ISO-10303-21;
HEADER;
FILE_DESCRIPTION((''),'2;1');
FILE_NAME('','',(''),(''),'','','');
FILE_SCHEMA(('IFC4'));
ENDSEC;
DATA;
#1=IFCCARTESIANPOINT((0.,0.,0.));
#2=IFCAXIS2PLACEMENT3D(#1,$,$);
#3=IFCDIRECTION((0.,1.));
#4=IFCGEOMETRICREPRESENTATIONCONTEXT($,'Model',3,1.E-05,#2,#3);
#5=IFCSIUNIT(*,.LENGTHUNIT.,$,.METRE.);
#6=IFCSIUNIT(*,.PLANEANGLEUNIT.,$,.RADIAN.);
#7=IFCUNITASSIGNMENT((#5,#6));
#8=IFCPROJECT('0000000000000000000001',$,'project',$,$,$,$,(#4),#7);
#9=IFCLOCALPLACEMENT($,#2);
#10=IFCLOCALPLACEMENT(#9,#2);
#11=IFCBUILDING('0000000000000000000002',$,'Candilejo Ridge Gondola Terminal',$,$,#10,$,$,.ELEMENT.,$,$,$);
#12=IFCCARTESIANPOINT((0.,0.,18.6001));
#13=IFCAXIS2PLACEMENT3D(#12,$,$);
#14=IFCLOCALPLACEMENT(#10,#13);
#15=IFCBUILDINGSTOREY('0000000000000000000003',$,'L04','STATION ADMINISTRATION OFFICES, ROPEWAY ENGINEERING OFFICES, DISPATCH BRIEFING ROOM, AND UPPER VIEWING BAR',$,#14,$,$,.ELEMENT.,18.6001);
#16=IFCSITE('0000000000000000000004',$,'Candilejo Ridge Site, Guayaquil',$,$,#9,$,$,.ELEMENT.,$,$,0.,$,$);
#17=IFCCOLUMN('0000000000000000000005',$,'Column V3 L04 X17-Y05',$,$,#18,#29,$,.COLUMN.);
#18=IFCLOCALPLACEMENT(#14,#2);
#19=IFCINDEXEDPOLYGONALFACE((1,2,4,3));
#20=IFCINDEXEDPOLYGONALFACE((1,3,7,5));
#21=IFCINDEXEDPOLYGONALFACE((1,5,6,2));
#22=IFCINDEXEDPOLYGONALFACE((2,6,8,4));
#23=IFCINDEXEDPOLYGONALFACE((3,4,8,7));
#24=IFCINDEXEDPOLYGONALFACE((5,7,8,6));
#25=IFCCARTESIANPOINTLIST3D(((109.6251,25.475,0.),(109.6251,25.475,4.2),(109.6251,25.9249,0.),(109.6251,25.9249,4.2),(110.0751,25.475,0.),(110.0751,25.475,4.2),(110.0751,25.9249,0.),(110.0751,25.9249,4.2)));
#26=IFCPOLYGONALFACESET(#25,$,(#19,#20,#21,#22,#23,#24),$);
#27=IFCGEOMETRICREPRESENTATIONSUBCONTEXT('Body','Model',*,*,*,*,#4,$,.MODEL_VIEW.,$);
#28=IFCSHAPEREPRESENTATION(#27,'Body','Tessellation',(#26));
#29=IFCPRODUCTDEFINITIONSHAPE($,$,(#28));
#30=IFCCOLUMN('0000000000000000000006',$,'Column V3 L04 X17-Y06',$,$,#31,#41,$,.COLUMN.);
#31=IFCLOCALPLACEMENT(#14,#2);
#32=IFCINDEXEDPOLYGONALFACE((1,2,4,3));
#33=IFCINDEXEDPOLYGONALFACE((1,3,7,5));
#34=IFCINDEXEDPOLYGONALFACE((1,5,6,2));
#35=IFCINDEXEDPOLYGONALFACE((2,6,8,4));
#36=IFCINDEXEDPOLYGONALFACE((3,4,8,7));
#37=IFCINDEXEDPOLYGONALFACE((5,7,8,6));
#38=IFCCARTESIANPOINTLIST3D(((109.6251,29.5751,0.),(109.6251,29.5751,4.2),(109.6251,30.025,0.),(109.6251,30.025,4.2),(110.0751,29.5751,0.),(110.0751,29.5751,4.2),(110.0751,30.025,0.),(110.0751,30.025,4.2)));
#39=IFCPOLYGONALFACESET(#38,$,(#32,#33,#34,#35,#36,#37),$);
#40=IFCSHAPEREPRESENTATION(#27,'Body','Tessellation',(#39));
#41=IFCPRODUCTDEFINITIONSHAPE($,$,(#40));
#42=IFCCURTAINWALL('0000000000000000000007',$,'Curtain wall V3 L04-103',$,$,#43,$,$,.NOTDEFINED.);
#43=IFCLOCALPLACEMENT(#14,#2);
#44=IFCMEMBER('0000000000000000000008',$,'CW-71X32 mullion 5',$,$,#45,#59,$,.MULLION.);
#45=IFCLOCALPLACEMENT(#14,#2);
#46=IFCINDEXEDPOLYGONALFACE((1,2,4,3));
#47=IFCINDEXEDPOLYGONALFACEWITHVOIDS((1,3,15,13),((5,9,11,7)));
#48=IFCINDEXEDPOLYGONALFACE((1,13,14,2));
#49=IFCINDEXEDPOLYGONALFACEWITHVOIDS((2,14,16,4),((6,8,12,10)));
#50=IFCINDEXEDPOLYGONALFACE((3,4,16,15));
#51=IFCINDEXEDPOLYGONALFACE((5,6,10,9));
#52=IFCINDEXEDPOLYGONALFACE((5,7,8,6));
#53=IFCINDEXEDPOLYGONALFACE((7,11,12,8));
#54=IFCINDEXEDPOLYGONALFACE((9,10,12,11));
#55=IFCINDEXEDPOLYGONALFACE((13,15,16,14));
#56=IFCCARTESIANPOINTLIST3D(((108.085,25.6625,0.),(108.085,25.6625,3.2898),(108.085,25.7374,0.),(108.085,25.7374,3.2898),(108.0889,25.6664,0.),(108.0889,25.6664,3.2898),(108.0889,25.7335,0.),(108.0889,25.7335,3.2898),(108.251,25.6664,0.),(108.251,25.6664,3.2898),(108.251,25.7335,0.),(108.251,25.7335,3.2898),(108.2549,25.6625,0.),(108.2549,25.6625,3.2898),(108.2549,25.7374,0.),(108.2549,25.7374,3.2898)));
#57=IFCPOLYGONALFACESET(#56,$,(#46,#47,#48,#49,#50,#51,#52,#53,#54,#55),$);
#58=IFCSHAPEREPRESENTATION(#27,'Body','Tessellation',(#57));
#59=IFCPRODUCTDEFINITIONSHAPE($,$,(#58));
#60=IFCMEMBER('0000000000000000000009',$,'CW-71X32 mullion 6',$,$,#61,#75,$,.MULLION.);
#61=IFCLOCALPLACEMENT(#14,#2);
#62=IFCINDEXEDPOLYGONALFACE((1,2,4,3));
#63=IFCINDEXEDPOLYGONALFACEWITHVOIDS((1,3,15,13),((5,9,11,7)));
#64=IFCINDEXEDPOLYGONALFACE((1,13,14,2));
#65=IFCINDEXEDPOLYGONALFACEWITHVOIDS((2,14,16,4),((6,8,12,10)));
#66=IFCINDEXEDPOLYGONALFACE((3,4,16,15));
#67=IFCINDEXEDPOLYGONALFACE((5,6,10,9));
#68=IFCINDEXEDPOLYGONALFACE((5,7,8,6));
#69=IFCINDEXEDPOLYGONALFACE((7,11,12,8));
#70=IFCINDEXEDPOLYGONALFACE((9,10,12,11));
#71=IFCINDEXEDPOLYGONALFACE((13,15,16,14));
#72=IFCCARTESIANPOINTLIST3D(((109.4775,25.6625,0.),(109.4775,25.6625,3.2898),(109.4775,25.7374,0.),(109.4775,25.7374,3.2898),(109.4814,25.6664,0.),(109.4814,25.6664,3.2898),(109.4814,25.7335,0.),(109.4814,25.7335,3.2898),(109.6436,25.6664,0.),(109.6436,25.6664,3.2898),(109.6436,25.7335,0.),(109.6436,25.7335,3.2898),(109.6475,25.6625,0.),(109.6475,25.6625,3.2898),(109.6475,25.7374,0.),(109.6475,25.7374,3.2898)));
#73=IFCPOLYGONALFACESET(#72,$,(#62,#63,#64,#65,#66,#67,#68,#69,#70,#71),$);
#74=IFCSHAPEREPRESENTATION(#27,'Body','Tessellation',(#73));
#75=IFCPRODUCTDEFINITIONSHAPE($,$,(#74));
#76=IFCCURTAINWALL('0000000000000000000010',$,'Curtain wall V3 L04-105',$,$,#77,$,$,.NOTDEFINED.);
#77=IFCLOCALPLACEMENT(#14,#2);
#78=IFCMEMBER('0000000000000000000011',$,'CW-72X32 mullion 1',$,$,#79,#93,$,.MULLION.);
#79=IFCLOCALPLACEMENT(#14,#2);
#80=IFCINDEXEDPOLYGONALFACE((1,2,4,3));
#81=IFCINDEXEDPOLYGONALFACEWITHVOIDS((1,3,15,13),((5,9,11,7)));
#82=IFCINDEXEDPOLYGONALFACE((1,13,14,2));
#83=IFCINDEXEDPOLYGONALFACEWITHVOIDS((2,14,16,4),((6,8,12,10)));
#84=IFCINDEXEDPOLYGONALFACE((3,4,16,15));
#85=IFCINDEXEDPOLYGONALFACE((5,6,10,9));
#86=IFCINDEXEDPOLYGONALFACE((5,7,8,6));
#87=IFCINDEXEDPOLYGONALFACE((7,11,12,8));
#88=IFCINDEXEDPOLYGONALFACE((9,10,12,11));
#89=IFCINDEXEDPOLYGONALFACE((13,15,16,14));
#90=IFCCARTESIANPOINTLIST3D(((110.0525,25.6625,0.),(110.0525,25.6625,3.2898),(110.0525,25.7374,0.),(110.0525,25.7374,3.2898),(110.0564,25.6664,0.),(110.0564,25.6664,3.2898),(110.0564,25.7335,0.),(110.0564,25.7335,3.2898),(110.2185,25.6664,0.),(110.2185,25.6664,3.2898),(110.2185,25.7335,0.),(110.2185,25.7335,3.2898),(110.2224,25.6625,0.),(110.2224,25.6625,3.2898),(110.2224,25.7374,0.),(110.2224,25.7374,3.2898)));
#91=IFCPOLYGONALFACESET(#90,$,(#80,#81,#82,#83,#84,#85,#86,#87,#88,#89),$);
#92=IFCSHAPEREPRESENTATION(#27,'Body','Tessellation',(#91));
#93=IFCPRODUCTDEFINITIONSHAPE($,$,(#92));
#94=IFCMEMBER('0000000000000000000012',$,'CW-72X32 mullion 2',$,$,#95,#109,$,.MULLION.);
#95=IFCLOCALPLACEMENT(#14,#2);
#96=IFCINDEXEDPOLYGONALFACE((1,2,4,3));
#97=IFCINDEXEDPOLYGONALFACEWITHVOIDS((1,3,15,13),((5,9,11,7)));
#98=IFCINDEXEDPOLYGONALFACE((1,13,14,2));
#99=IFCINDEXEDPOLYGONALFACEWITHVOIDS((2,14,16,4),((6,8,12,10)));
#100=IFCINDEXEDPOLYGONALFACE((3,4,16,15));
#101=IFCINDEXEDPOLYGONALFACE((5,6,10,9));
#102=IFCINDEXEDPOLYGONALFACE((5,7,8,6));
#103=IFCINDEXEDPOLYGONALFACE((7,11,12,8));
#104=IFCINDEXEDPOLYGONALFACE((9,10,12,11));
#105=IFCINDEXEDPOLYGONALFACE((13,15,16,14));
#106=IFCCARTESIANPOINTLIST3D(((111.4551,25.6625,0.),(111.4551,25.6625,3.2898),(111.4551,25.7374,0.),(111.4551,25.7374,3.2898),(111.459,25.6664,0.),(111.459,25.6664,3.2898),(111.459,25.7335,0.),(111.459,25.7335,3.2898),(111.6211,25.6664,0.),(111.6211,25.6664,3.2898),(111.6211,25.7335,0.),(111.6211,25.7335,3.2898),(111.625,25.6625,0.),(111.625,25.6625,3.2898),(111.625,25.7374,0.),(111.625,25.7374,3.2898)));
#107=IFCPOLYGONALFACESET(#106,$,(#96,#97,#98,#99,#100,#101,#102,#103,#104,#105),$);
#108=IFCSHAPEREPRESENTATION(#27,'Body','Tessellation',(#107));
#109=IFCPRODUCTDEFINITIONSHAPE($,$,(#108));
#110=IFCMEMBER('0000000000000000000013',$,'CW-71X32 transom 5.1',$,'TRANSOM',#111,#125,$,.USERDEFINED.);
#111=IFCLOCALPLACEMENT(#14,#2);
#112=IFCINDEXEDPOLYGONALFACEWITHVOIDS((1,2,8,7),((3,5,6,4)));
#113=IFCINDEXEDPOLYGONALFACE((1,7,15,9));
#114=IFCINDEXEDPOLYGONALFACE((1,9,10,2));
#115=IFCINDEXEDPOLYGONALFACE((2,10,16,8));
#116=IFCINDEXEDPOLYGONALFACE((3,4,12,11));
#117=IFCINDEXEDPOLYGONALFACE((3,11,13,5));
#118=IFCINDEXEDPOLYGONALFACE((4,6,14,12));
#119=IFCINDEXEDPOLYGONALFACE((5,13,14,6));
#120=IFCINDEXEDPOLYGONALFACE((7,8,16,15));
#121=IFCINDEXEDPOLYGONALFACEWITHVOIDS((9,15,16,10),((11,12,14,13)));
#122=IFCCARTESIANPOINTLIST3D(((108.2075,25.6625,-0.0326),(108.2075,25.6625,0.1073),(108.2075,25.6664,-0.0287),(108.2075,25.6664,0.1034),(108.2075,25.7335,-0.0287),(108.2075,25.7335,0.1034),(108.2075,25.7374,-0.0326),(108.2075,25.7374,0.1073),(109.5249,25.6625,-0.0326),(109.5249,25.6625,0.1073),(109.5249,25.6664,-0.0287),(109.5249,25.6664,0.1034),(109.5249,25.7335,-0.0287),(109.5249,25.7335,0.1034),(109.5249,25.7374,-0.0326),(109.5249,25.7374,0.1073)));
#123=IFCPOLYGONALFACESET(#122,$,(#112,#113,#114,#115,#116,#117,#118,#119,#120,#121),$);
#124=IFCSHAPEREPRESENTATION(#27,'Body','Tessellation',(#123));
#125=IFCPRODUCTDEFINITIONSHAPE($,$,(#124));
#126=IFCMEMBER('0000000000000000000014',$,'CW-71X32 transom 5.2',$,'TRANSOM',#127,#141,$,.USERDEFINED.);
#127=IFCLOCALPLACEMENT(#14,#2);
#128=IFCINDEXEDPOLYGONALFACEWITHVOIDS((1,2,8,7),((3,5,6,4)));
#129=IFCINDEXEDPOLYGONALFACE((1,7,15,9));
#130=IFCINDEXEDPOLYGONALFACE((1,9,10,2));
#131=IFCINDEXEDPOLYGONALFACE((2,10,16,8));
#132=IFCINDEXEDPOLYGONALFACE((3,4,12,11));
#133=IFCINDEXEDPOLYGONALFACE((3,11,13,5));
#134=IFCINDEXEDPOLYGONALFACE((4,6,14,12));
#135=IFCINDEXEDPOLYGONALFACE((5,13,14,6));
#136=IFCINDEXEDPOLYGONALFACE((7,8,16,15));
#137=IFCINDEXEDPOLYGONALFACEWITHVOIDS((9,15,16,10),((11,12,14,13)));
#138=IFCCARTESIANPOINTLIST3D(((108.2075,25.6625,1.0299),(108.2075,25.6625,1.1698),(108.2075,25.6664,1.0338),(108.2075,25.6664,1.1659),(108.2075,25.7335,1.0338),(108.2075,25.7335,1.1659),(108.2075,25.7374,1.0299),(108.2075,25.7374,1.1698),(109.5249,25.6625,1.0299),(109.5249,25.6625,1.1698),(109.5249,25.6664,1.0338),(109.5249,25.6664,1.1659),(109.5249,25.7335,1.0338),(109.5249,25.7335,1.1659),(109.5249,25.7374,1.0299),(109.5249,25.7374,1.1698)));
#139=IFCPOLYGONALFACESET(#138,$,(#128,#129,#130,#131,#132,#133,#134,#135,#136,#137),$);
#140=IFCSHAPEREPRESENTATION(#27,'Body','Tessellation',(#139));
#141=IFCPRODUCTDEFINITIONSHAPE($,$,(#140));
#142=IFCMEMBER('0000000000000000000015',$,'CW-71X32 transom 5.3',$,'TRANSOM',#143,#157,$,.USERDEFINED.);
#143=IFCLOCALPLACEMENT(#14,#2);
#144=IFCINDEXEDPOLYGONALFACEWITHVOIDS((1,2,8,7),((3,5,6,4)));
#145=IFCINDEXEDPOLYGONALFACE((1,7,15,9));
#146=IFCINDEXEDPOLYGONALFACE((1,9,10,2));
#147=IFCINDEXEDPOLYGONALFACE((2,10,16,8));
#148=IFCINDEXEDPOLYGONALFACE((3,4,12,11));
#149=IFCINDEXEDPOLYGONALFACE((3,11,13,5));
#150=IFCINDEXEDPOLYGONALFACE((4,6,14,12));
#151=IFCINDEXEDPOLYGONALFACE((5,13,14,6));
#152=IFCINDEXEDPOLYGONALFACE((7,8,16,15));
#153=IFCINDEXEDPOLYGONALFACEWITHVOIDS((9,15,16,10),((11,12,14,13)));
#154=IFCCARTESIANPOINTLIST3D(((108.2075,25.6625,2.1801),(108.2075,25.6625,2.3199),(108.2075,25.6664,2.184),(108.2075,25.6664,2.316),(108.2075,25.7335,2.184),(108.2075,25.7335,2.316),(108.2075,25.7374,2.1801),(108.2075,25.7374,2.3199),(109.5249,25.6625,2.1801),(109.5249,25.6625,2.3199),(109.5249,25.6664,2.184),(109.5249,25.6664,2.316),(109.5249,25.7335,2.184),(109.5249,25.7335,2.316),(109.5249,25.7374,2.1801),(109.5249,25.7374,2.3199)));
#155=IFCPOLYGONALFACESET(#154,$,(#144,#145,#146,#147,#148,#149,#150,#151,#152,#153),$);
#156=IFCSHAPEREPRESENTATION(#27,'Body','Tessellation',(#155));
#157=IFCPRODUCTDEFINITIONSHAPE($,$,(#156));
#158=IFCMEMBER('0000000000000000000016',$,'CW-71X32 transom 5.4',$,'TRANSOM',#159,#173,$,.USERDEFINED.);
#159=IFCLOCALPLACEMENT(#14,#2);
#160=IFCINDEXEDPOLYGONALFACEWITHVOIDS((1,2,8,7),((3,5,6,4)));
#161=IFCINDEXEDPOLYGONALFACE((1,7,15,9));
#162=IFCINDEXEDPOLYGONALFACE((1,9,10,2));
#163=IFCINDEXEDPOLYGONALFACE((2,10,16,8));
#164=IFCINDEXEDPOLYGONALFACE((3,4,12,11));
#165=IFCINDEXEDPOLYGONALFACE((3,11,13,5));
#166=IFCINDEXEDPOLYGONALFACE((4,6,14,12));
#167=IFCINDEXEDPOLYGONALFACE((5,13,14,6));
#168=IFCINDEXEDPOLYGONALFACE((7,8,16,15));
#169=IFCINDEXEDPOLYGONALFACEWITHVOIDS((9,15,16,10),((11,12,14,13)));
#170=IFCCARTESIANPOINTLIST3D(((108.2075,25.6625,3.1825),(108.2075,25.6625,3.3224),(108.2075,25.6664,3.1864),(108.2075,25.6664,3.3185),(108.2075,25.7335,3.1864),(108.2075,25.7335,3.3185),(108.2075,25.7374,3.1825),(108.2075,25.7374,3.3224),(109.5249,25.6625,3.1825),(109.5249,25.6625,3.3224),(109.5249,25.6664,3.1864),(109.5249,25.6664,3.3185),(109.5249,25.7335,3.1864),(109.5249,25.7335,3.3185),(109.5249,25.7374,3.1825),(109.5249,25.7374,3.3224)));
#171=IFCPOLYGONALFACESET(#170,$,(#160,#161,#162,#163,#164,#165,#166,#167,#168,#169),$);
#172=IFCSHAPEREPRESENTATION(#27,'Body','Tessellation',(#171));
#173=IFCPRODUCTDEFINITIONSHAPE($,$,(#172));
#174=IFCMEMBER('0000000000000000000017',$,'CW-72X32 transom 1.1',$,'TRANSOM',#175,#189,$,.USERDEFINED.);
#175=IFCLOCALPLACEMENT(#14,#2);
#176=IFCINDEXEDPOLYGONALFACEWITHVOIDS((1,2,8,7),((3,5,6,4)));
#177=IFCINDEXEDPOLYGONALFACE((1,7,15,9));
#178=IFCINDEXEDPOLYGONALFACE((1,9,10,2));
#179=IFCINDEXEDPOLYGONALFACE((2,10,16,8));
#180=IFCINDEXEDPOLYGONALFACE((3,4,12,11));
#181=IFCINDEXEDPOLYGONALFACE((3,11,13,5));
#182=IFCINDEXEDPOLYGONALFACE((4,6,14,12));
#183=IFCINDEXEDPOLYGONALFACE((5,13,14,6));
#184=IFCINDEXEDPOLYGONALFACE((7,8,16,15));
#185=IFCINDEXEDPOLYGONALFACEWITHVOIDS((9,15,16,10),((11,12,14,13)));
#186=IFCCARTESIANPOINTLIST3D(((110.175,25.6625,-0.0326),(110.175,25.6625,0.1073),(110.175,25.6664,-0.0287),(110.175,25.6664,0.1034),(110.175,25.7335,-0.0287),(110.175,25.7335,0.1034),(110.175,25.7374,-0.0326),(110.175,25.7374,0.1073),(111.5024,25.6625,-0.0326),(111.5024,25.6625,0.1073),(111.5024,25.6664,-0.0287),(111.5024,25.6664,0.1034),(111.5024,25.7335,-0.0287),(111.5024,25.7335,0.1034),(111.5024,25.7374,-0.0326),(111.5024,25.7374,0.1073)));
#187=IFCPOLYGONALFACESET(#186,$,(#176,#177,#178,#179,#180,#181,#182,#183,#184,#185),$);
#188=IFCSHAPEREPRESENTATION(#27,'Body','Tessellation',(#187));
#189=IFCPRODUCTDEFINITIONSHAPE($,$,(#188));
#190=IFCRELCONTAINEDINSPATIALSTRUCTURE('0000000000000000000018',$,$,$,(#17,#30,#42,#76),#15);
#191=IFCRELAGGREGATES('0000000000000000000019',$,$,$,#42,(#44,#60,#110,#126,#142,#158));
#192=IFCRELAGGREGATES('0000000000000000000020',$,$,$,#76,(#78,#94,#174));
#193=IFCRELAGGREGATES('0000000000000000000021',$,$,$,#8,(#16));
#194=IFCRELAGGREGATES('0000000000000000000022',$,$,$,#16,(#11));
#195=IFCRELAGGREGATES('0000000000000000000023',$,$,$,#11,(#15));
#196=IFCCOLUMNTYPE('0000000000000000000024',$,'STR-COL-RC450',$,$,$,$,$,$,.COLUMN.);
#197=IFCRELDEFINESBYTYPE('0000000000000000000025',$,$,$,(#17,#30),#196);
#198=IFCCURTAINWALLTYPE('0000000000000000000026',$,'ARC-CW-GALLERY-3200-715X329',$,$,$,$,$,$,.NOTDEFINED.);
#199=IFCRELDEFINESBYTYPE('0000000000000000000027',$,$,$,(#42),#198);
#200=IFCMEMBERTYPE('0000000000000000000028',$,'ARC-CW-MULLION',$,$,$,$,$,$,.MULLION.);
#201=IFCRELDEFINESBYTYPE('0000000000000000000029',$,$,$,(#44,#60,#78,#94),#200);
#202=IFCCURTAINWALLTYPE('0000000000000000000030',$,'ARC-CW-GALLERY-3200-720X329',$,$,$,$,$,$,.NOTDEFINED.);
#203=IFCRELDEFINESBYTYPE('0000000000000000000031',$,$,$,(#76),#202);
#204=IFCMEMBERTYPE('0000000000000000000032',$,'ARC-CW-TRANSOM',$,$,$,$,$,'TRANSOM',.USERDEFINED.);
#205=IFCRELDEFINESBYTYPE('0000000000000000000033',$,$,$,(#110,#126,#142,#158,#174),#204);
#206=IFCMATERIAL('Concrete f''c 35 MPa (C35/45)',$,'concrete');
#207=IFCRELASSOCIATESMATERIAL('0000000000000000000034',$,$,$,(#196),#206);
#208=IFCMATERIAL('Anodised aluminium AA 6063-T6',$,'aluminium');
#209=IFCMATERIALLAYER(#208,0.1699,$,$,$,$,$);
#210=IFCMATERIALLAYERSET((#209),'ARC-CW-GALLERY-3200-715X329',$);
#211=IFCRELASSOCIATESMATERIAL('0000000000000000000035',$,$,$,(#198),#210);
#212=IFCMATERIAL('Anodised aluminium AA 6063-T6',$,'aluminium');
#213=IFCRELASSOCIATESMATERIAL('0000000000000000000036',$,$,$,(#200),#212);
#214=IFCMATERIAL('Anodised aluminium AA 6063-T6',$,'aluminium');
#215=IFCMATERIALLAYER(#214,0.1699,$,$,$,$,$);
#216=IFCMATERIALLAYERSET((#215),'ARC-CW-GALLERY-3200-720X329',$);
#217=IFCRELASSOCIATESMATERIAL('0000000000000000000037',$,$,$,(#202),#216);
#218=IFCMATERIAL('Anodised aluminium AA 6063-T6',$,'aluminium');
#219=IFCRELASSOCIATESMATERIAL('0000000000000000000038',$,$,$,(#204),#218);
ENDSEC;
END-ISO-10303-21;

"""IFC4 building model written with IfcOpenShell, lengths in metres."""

from ifc_helpers import new_model, si_unit, direction, frame, origin, origin_2d, place, context, subcontext, project, spatial, rectangle, hollow_rectangle, extrude, material, layer, layer_set, material_profile, profile_set, type_object, element, aggregate, save


model = new_model("IFC4")

# Units and contexts
model_context = context("Model", 3, precision=1e-05, world=origin(), true_north=direction((0.0, 1.0)))
body_context = subcontext(model_context, "Body", "Model", "MODEL_VIEW")
ifc_project = project(units=[si_unit("LENGTHUNIT", "METRE"), si_unit("PLANEANGLEUNIT", "RADIAN")], contexts=[model_context])

# Site, building, storey
site_placement = place(None, origin())
site = spatial("IfcSite", under=ifc_project, at=site_placement, Name="Candilejo Ridge Site, Guayaquil", CompositionType="ELEMENT", RefElevation=0.0)
building_placement = place(site_placement, origin())
building = spatial("IfcBuilding", under=site, at=building_placement, Name="Candilejo Ridge Gondola Terminal", CompositionType="ELEMENT")
storey_placement = place(building_placement, frame((0.0, 0.0, 18.6001)))
storey = spatial("IfcBuildingStorey", under=building, at=storey_placement, Name="L04", Description="STATION ADMINISTRATION OFFICES, ROPEWAY ENGINEERING OFFICES, DISPATCH BRIEFING ROOM, AND UPPER VIEWING BAR", CompositionType="ELEMENT", Elevation=18.6001)

# Columns
ifc_material_1 = material(Name="Concrete f'c 35 MPa (C35/45)", Category="concrete")
ifc_material_profile_1 = material_profile(ifc_material_1, rectangle(XDim=0.45, YDim=0.45, at=origin_2d()))
ifc_profile_set_1 = profile_set([ifc_material_profile_1], Name="Concrete f'c 35 MPa (C35/45)")
column_type = type_object("IfcColumnType", Name="STR-COL-RC450", PredefinedType="COLUMN", material=ifc_profile_set_1)
for number, where, z_axis, x_axis, name in (
    (1, (109.8501, 25.7, 0.0), (0.0, 0.0, 1.0), (1.0, 0.0, 0.0), "Column V3 L04 X17-Y05"),
    (2, (109.8501, 29.8, 0.0), (0.0, 0.0, 1.0), (1.0, 0.0, 0.0), "Column V3 L04 X17-Y06"),
):
    element("IfcColumn", number, at=place(storey_placement, frame(where, z_axis=z_axis, x_axis=x_axis)), inside=storey, type_object=column_type, Name=name, PredefinedType="COLUMN", context=body_context, shape_type="SweptSolid", body=[
        extrude(rectangle(XDim=0.45, YDim=0.45, at=origin_2d()), origin(), (0.0, 0.0, 1.0), 4.2),
    ])

# Curtain walls, members
ifc_material_2 = material(Name="Anodised aluminium AA 6063-T6", Category="aluminium")
ifc_layer_1 = layer(ifc_material_2, 0.1699)
ifc_layer_set_1 = layer_set([ifc_layer_1], Name="ARC-CW-GALLERY-3200-715X329")
curtain_wall_type_1 = type_object("IfcCurtainWallType", Name="ARC-CW-GALLERY-3200-715X329", PredefinedType="NOTDEFINED", material=ifc_layer_set_1)
curtain_wall_1_placement = place(storey_placement, origin())
curtain_wall_1 = element("IfcCurtainWall", 3, at=curtain_wall_1_placement, inside=storey, type_object=curtain_wall_type_1, Name="Curtain wall V3 L04-103", PredefinedType="NOTDEFINED")
ifc_material_3 = material(Name="Anodised aluminium AA 6063-T6", Category="aluminium")
ifc_material_profile_2 = material_profile(ifc_material_3, hollow_rectangle(XDim=0.075, YDim=0.1699, WallThickness=0.0039, at=origin_2d()))
ifc_profile_set_2 = profile_set([ifc_material_profile_2], Name="Anodised aluminium AA 6063-T6")
member_type_1 = type_object("IfcMemberType", Name="ARC-CW-MULLION", PredefinedType="MULLION", material=ifc_profile_set_2)
member_1_placement = place(storey_placement, frame((108.1699, 25.7, 0.0), z_axis=(0.0, 0.0, 1.0), x_axis=(0.0, 1.0, 0.0)))
member_1 = element("IfcMember", 4, at=member_1_placement, type_object=member_type_1, Name="CW-71X32 mullion 5", PredefinedType="MULLION", context=body_context, shape_type="SweptSolid", body=[
    extrude(hollow_rectangle(XDim=0.075, YDim=0.1699, WallThickness=0.0039, at=origin_2d()), origin(), (0.0, 0.0, 1.0), 3.2898),
])
member_2_placement = place(storey_placement, frame((109.5625, 25.7, 0.0), z_axis=(0.0, 0.0, 1.0), x_axis=(0.0, 1.0, 0.0)))
member_2 = element("IfcMember", 5, at=member_2_placement, type_object=member_type_1, Name="CW-71X32 mullion 6", PredefinedType="MULLION", context=body_context, shape_type="SweptSolid", body=[
    extrude(hollow_rectangle(XDim=0.075, YDim=0.1699, WallThickness=0.0039, at=origin_2d()), origin(), (0.0, 0.0, 1.0), 3.2898),
])
ifc_material_4 = material(Name="Anodised aluminium AA 6063-T6", Category="aluminium")
ifc_layer_2 = layer(ifc_material_4, 0.1699)
ifc_layer_set_2 = layer_set([ifc_layer_2], Name="ARC-CW-GALLERY-3200-720X329")
curtain_wall_type_2 = type_object("IfcCurtainWallType", Name="ARC-CW-GALLERY-3200-720X329", PredefinedType="NOTDEFINED", material=ifc_layer_set_2)
curtain_wall_2_placement = place(storey_placement, origin())
curtain_wall_2 = element("IfcCurtainWall", 6, at=curtain_wall_2_placement, inside=storey, type_object=curtain_wall_type_2, Name="Curtain wall V3 L04-105", PredefinedType="NOTDEFINED")
member_3_placement = place(storey_placement, frame((110.1375, 25.7, 0.0), z_axis=(0.0, 0.0, 1.0), x_axis=(0.0, 1.0, 0.0)))
member_3 = element("IfcMember", 7, at=member_3_placement, type_object=member_type_1, Name="CW-72X32 mullion 1", PredefinedType="MULLION", context=body_context, shape_type="SweptSolid", body=[
    extrude(hollow_rectangle(XDim=0.075, YDim=0.1699, WallThickness=0.0039, at=origin_2d()), origin(), (0.0, 0.0, 1.0), 3.2898),
])
member_4_placement = place(storey_placement, frame((111.54, 25.7, 0.0), z_axis=(0.0, 0.0, 1.0), x_axis=(0.0, 1.0, 0.0)))
member_4 = element("IfcMember", 8, at=member_4_placement, type_object=member_type_1, Name="CW-72X32 mullion 2", PredefinedType="MULLION", context=body_context, shape_type="SweptSolid", body=[
    extrude(hollow_rectangle(XDim=0.075, YDim=0.1699, WallThickness=0.0039, at=origin_2d()), origin(), (0.0, 0.0, 1.0), 3.2898),
])

# Members
ifc_material_5 = material(Name="Anodised aluminium AA 6063-T6", Category="aluminium")
ifc_material_profile_3 = material_profile(ifc_material_5, hollow_rectangle(XDim=0.075, YDim=0.1399, WallThickness=0.0039, at=origin_2d()))
ifc_profile_set_3 = profile_set([ifc_material_profile_3], Name="Anodised aluminium AA 6063-T6")
member_type_2 = type_object("IfcMemberType", Name="ARC-CW-TRANSOM", ElementType="TRANSOM", PredefinedType="USERDEFINED", material=ifc_profile_set_3)
member_5_placement = place(storey_placement, frame((108.2075, 25.7, 0.0374), z_axis=(1.0, 0.0, 0.0), x_axis=(0.0, 1.0, 0.0)))
member_5 = element("IfcMember", 9, at=member_5_placement, type_object=member_type_2, Name="CW-71X32 transom 5.1", ObjectType="TRANSOM", PredefinedType="USERDEFINED", context=body_context, shape_type="SweptSolid", body=[
    extrude(hollow_rectangle(XDim=0.075, YDim=0.1399, WallThickness=0.0039, at=origin_2d()), origin(), (0.0, 0.0, 1.0), 1.3174),
])
member_6_placement = place(storey_placement, frame((108.2075, 25.7, 1.0999), z_axis=(1.0, 0.0, 0.0), x_axis=(0.0, 1.0, 0.0)))
member_6 = element("IfcMember", 10, at=member_6_placement, type_object=member_type_2, Name="CW-71X32 transom 5.2", ObjectType="TRANSOM", PredefinedType="USERDEFINED", context=body_context, shape_type="SweptSolid", body=[
    extrude(hollow_rectangle(XDim=0.075, YDim=0.1399, WallThickness=0.0039, at=origin_2d()), origin(), (0.0, 0.0, 1.0), 1.3174),
])
member_7_placement = place(storey_placement, frame((108.2075, 25.7, 2.25), z_axis=(1.0, 0.0, 0.0), x_axis=(0.0, 1.0, 0.0)))
member_7 = element("IfcMember", 11, at=member_7_placement, type_object=member_type_2, Name="CW-71X32 transom 5.3", ObjectType="TRANSOM", PredefinedType="USERDEFINED", context=body_context, shape_type="SweptSolid", body=[
    extrude(hollow_rectangle(XDim=0.075, YDim=0.1399, WallThickness=0.0039, at=origin_2d()), origin(), (0.0, 0.0, 1.0), 1.3174),
])
member_8_placement = place(storey_placement, frame((108.2075, 25.7, 3.2524), z_axis=(1.0, 0.0, 0.0), x_axis=(0.0, 1.0, 0.0)))
member_8 = element("IfcMember", 12, at=member_8_placement, type_object=member_type_2, Name="CW-71X32 transom 5.4", ObjectType="TRANSOM", PredefinedType="USERDEFINED", context=body_context, shape_type="SweptSolid", body=[
    extrude(hollow_rectangle(XDim=0.075, YDim=0.1399, WallThickness=0.0039, at=origin_2d()), origin(), (0.0, 0.0, 1.0), 1.3174),
])
member_9_placement = place(storey_placement, frame((110.175, 25.7, 0.0374), z_axis=(1.0, 0.0, 0.0), x_axis=(0.0, 1.0, 0.0)))
member_9 = element("IfcMember", 13, at=member_9_placement, type_object=member_type_2, Name="CW-72X32 transom 1.1", ObjectType="TRANSOM", PredefinedType="USERDEFINED", context=body_context, shape_type="SweptSolid", body=[
    extrude(hollow_rectangle(XDim=0.075, YDim=0.1399, WallThickness=0.0039, at=origin_2d()), origin(), (0.0, 0.0, 1.0), 1.3274),
])

aggregate(curtain_wall_1, [member_1, member_2, member_5, member_6, member_7, member_8])
aggregate(curtain_wall_2, [member_3, member_4, member_9])

save(model, "model.ifc")
